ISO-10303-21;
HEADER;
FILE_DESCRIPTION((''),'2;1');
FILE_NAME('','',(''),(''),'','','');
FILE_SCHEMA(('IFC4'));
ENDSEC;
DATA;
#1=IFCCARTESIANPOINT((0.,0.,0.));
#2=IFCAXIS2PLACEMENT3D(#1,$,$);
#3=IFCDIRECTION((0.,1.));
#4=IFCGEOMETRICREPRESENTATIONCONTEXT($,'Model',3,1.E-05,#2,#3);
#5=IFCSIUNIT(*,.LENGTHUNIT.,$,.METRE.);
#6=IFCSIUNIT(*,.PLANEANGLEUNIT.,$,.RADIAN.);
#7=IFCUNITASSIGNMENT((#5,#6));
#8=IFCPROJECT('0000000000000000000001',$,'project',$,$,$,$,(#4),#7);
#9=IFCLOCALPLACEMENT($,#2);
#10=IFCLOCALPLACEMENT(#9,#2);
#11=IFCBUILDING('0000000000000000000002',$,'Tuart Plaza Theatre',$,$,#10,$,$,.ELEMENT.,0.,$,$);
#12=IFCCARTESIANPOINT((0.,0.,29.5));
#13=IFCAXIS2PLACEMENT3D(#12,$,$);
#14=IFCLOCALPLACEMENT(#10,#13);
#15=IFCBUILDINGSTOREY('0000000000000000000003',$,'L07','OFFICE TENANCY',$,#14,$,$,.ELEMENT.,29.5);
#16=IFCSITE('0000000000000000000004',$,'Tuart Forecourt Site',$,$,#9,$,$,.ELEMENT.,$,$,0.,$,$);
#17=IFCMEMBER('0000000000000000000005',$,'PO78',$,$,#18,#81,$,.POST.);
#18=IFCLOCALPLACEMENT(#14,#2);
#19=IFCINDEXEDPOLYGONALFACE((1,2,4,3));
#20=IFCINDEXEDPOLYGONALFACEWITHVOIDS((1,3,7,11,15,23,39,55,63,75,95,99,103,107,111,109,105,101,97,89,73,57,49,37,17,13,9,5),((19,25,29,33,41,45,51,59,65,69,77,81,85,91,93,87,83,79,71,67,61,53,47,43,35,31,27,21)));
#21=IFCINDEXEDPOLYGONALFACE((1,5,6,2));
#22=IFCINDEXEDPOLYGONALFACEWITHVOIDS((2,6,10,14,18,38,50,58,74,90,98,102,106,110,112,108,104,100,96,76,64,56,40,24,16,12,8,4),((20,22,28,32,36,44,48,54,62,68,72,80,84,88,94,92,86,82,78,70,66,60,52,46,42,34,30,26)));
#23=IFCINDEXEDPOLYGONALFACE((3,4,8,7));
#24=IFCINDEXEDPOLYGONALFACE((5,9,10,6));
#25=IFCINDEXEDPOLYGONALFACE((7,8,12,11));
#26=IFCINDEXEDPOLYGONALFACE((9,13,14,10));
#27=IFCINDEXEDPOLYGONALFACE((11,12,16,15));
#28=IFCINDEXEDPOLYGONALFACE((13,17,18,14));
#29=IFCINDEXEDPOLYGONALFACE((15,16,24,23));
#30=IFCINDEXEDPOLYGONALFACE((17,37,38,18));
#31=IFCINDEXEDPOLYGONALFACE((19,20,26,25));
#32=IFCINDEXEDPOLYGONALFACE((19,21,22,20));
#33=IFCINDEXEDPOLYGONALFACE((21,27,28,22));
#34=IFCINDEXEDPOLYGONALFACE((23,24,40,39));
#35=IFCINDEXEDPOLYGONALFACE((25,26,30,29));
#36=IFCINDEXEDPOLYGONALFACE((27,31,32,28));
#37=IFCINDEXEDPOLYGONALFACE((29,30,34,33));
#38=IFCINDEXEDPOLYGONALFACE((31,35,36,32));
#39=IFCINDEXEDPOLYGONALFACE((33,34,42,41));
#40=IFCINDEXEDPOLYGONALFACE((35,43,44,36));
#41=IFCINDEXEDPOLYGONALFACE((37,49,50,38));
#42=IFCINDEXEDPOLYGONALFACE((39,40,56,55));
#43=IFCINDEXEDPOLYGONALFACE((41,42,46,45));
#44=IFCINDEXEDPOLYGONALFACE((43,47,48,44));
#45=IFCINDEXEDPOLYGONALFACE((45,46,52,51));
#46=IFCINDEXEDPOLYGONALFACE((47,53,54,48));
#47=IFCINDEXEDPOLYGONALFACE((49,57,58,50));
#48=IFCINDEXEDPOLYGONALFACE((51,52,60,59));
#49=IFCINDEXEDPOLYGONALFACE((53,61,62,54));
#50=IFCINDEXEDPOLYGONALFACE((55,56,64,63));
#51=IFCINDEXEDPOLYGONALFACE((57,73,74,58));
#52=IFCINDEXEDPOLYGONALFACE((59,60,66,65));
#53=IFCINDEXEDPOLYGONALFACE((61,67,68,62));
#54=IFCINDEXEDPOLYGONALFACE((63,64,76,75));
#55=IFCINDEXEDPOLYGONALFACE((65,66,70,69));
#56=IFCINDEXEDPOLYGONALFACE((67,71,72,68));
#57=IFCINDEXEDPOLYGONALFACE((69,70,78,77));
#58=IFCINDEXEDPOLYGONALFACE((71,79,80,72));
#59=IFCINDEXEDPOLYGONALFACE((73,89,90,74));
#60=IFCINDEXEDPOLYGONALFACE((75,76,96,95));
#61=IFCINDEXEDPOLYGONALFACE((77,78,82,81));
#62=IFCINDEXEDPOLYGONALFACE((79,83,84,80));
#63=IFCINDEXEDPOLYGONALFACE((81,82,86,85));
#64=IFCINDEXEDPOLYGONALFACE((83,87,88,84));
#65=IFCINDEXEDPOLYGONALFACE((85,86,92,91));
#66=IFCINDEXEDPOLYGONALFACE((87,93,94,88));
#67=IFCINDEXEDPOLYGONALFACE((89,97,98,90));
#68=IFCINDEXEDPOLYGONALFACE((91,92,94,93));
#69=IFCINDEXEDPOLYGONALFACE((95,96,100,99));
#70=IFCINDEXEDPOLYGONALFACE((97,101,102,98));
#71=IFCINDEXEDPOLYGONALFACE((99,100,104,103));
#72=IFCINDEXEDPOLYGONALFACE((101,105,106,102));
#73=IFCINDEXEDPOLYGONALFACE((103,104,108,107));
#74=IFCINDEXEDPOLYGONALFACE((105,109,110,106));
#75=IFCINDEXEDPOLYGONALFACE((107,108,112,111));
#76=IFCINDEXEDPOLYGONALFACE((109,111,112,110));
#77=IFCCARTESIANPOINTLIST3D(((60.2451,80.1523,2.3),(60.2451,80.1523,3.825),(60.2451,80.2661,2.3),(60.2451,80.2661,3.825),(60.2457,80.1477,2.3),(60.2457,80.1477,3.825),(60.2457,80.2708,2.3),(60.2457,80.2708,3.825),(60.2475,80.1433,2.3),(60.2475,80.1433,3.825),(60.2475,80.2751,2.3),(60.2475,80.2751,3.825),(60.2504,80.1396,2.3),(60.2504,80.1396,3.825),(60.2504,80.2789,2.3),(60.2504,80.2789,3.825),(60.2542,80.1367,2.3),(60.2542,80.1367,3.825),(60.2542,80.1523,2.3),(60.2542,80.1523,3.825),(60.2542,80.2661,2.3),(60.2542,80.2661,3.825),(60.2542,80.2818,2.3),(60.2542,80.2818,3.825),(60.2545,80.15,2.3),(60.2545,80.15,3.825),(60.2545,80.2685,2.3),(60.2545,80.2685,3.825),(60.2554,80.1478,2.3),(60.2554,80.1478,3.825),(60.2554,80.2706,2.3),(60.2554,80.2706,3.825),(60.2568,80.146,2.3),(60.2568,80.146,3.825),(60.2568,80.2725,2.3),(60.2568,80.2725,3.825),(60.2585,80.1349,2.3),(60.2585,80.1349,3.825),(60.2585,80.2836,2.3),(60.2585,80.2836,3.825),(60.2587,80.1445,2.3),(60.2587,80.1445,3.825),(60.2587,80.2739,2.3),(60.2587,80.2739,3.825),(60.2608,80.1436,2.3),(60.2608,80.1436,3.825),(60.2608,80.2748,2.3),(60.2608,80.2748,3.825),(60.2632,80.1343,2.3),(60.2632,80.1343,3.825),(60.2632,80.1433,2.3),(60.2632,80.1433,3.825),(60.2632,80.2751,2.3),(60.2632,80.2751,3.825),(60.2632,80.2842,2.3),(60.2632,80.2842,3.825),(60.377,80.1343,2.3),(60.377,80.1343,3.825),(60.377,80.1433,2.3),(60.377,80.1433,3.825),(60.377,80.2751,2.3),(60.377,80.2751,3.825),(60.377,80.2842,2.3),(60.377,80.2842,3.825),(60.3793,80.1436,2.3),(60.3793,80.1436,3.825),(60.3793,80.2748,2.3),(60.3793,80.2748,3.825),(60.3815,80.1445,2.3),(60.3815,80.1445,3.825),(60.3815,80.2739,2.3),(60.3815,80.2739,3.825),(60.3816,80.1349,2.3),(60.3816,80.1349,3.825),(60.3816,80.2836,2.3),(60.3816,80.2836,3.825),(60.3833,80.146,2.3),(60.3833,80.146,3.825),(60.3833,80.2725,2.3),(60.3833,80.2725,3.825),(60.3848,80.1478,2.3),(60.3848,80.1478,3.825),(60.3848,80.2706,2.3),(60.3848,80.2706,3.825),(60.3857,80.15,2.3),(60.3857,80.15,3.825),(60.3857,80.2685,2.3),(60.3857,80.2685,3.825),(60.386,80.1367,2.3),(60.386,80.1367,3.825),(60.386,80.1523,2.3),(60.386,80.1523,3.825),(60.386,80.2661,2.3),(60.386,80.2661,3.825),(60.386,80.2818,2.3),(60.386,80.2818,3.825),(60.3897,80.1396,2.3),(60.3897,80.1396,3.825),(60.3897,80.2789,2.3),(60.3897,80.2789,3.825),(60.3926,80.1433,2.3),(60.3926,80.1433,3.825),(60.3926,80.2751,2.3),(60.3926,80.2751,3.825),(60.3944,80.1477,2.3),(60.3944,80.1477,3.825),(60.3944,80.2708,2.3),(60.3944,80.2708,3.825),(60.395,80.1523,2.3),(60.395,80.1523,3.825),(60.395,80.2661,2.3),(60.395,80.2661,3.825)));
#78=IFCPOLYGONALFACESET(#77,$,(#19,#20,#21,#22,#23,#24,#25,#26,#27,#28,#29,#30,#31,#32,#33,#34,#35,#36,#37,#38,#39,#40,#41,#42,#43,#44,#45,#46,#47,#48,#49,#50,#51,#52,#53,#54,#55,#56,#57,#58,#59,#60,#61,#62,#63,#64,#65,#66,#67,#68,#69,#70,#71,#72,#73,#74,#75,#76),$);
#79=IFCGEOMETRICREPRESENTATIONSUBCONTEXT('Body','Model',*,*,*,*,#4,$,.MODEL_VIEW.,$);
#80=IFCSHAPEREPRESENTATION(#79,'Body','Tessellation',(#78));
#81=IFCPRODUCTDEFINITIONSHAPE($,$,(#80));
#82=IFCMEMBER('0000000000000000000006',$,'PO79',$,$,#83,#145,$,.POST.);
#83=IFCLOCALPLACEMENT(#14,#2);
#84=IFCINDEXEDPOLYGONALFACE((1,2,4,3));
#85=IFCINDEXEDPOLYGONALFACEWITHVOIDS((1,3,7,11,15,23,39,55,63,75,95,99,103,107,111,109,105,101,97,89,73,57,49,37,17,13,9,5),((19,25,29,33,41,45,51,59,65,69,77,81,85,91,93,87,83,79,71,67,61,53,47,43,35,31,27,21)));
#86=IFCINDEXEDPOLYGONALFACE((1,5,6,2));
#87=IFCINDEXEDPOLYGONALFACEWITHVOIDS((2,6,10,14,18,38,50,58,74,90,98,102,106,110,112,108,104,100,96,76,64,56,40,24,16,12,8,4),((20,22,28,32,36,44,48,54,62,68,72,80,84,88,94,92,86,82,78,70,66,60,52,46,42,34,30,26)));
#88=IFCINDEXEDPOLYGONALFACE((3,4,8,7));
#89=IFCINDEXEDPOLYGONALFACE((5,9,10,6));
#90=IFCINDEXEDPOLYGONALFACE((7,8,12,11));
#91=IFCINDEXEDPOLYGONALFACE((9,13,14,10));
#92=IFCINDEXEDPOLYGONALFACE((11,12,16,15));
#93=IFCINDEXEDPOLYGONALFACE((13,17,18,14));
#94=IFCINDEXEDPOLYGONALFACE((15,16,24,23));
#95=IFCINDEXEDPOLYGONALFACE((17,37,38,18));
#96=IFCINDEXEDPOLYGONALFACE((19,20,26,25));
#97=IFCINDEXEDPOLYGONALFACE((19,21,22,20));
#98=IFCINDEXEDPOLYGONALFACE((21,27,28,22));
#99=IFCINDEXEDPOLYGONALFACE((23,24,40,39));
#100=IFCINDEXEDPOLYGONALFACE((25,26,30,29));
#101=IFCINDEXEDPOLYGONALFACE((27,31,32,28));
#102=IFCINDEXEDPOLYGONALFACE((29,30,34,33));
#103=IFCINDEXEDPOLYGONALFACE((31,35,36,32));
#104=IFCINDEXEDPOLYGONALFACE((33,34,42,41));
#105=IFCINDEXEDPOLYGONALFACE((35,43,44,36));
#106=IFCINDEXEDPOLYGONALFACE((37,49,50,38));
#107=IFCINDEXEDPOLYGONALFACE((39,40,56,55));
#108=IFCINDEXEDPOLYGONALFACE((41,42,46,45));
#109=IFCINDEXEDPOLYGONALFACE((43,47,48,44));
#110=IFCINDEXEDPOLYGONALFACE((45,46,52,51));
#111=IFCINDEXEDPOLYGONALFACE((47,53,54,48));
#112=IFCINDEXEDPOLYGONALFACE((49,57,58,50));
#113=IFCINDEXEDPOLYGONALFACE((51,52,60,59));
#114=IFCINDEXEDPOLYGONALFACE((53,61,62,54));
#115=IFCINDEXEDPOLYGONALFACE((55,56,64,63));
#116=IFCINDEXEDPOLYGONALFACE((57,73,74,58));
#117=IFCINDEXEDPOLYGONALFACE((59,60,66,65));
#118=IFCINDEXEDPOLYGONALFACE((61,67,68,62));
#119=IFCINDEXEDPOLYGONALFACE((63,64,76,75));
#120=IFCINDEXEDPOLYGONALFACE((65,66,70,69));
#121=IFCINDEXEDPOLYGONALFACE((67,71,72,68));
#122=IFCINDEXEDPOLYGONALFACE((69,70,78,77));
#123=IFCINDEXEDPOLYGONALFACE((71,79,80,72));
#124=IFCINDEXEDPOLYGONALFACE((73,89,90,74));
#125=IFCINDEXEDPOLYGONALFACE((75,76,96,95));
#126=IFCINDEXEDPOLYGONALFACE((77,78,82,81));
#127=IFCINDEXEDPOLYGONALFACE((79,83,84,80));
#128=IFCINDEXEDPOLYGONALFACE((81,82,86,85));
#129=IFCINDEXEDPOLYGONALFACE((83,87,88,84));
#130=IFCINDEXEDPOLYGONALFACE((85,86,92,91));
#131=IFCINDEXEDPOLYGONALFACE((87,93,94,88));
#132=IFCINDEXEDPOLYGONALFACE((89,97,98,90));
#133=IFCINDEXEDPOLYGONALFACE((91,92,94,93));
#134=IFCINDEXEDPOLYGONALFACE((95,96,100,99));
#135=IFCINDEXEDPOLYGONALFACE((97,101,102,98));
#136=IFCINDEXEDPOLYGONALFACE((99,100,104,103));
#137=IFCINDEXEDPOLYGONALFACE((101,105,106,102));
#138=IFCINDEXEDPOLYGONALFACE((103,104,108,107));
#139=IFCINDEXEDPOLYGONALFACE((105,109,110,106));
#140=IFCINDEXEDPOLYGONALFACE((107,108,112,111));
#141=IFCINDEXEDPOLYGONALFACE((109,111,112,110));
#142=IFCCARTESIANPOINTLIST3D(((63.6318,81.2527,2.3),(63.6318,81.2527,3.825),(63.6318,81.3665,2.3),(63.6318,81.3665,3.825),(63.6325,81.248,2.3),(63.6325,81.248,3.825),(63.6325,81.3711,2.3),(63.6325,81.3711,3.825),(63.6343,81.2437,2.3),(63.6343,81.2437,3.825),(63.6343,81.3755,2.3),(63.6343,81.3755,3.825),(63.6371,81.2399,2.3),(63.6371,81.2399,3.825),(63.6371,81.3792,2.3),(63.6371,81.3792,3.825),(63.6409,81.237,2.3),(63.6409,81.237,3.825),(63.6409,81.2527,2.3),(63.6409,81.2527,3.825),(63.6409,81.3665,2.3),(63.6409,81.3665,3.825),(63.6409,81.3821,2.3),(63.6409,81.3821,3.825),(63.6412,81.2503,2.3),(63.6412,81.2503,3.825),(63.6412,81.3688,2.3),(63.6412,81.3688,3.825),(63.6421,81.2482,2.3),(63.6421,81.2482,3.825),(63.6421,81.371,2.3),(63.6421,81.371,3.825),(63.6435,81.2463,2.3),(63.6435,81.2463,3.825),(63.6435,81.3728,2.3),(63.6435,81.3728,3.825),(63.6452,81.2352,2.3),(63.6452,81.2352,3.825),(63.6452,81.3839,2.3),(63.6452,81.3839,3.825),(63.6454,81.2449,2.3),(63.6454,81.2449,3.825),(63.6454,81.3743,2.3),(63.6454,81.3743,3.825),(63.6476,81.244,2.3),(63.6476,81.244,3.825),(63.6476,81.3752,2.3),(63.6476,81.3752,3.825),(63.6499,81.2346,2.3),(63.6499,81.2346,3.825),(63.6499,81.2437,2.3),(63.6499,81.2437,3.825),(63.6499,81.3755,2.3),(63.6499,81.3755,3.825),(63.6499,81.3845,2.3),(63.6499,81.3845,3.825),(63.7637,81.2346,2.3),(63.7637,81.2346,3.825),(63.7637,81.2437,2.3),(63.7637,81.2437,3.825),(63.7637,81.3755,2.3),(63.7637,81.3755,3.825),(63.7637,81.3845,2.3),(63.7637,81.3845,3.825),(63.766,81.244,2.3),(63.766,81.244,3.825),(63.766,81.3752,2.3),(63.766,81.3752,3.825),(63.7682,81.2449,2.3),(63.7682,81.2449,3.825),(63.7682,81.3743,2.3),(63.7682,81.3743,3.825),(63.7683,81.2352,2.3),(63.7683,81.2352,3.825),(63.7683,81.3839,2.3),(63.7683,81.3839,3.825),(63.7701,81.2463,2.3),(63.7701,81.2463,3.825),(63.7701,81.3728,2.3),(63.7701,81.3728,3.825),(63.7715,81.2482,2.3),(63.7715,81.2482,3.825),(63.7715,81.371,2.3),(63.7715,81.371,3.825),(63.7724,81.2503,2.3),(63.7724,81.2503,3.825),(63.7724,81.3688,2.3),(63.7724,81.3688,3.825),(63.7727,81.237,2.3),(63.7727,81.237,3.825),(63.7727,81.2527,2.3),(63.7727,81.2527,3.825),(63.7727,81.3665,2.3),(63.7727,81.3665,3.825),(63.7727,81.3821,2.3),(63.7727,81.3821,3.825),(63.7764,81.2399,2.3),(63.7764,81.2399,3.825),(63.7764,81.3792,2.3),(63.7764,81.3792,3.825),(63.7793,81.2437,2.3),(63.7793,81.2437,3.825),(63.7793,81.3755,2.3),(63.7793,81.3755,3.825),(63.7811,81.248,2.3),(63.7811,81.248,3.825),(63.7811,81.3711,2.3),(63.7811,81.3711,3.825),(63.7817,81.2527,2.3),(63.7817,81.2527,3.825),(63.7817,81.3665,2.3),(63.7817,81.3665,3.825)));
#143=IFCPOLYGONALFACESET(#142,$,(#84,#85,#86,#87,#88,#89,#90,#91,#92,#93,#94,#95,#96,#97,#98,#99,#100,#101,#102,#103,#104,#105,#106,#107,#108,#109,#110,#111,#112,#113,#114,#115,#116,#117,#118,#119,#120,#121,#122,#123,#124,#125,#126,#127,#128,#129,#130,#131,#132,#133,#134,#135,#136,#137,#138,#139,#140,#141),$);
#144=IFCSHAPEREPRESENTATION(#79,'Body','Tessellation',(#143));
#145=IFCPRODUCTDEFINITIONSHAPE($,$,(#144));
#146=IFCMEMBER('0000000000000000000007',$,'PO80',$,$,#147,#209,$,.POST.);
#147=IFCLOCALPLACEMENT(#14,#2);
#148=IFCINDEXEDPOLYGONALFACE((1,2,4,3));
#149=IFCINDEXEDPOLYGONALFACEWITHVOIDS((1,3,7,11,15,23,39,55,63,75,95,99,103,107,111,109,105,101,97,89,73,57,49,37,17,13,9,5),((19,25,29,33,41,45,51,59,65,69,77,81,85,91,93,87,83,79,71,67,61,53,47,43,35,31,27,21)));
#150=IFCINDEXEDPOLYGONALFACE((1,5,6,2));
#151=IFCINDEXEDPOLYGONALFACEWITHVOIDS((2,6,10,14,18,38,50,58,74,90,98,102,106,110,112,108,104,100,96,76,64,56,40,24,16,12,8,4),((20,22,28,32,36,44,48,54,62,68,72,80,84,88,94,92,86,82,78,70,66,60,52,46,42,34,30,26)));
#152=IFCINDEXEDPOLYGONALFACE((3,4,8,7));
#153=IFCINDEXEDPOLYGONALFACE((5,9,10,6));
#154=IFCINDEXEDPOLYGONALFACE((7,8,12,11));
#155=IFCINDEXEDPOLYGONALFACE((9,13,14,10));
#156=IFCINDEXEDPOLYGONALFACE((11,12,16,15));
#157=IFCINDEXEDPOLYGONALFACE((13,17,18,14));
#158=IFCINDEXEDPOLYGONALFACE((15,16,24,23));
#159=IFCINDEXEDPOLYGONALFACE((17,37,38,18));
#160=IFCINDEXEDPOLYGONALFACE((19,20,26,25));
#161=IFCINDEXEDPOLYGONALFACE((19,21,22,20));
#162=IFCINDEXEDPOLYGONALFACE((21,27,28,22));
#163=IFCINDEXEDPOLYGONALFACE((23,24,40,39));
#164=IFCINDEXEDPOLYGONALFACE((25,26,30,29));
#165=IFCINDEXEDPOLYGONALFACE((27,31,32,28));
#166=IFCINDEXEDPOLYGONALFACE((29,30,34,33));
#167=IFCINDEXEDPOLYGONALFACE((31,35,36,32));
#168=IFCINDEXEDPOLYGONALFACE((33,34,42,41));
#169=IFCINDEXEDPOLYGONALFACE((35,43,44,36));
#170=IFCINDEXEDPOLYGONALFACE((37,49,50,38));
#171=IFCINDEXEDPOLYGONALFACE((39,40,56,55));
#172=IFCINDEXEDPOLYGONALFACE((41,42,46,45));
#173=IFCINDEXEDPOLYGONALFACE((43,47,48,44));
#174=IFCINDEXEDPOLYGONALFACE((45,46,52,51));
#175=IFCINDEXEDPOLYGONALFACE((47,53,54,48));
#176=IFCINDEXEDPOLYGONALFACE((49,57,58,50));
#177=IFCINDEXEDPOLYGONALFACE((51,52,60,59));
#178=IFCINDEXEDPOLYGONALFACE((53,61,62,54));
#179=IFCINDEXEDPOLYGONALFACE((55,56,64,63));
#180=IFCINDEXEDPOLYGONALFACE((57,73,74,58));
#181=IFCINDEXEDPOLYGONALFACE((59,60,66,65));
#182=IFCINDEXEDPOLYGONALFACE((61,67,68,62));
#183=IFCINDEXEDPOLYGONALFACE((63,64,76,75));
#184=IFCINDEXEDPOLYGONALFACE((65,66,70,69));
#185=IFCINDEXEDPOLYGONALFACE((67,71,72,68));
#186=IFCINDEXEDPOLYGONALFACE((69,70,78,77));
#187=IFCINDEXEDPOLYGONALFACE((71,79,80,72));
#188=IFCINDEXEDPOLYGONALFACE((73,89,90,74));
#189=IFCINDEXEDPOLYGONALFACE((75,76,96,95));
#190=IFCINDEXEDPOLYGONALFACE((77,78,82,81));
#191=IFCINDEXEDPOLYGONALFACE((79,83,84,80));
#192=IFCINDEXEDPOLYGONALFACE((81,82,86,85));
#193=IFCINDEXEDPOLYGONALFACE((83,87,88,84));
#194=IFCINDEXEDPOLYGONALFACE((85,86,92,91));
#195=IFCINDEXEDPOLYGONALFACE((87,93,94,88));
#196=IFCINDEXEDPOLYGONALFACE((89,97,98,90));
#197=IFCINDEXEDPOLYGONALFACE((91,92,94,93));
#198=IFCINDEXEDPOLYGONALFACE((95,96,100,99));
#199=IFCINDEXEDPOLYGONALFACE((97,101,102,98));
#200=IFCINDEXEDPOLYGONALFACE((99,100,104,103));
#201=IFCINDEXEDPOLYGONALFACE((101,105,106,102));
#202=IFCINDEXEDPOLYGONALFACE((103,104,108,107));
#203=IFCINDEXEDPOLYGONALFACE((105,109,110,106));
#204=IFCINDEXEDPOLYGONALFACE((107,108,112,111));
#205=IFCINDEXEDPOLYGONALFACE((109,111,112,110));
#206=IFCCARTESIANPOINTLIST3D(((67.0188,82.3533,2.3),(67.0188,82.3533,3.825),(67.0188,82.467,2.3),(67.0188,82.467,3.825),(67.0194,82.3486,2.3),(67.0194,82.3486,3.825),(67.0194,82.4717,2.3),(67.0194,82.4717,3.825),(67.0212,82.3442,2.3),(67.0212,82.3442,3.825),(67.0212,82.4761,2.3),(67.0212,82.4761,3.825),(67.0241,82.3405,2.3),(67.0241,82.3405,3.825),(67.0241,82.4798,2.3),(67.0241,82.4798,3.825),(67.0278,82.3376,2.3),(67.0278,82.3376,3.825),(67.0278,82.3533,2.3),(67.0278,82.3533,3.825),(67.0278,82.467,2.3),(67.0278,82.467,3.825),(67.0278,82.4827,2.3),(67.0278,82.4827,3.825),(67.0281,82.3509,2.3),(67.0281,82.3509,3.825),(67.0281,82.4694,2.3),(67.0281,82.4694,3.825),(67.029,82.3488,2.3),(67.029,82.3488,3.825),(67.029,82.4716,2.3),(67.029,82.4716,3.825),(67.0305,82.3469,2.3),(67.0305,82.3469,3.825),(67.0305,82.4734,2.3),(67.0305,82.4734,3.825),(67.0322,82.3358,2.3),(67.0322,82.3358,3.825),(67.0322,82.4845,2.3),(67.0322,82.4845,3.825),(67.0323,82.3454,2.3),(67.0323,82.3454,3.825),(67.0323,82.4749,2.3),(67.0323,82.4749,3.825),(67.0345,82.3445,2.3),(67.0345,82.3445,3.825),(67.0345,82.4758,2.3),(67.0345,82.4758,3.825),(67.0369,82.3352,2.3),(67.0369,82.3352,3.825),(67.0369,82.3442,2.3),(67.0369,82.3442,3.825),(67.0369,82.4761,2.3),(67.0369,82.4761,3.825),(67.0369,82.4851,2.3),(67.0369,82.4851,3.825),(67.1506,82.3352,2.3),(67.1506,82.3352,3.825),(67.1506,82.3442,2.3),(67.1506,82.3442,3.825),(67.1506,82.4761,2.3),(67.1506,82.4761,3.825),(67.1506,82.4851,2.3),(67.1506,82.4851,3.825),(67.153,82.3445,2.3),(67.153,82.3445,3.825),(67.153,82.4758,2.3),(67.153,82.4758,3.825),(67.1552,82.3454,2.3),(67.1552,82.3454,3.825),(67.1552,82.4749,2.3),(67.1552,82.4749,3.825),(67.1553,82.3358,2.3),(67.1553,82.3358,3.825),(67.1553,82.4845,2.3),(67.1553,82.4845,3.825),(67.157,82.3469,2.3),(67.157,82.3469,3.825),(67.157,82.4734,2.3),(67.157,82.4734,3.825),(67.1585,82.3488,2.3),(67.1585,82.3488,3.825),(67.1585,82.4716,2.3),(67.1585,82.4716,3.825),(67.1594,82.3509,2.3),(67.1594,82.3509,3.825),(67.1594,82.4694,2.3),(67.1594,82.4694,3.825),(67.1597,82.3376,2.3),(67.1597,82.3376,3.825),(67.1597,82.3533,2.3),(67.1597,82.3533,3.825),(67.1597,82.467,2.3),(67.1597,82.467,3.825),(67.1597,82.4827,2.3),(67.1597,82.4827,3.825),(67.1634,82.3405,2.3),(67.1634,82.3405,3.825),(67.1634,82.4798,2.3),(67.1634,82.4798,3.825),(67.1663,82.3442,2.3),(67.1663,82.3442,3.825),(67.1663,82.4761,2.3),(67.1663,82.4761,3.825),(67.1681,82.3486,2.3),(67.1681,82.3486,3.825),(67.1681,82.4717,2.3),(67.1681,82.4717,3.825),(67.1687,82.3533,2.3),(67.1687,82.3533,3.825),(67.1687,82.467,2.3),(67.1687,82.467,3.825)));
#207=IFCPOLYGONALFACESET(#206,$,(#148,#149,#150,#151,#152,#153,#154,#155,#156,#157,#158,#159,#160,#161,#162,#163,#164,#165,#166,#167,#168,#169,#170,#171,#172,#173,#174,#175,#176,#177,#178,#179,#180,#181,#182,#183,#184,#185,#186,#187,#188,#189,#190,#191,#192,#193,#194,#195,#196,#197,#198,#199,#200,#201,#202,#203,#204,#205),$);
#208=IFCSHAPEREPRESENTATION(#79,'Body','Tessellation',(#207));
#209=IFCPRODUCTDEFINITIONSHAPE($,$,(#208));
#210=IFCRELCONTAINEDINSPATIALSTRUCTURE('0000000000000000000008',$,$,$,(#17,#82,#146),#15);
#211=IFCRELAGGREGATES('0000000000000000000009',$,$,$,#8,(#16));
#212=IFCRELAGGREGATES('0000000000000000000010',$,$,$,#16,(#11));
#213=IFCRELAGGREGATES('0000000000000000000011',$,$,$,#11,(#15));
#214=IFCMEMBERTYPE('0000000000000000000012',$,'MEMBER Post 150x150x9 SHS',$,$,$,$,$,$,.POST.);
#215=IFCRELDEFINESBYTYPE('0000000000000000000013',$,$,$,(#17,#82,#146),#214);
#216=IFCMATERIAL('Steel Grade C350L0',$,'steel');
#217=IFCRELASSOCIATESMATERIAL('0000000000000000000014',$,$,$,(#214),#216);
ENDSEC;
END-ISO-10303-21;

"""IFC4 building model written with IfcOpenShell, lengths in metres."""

from ifc_helpers import new_model, si_unit, direction, frame, origin, origin_2d, place, context, subcontext, project, spatial, hollow_rectangle, extrude, material, material_profile, profile_set, type_object, element, save


model = new_model("IFC4")

# Units and contexts
model_context = context("Model", 3, precision=1e-05, world=origin(), true_north=direction((0.0, 1.0)))
body_context = subcontext(model_context, "Body", "Model", "MODEL_VIEW")
ifc_project = project(units=[si_unit("LENGTHUNIT", "METRE"), si_unit("PLANEANGLEUNIT", "RADIAN")], contexts=[model_context])

# Site, building, storey
site_placement = place(None, origin())
site = spatial("IfcSite", under=ifc_project, at=site_placement, Name="Tuart Forecourt Site", CompositionType="ELEMENT", RefElevation=0.0)
building_placement = place(site_placement, origin())
building = spatial("IfcBuilding", under=site, at=building_placement, Name="Tuart Plaza Theatre", CompositionType="ELEMENT", ElevationOfRefHeight=0.0)
storey_placement = place(building_placement, frame((0.0, 0.0, 29.5)))
storey = spatial("IfcBuildingStorey", under=building, at=storey_placement, Name="L07", Description="OFFICE TENANCY", CompositionType="ELEMENT", Elevation=29.5)

# Members
ifc_material_1 = material(Name="Steel Grade C350L0", Category="steel")
ifc_material_profile_1 = material_profile(ifc_material_1, hollow_rectangle(XDim=0.1499, YDim=0.1499, WallThickness=0.009, InnerFilletRadius=0.009, OuterFilletRadius=0.0181, at=origin_2d()), Name="150x150x9 SHS")
ifc_profile_set_1 = profile_set([ifc_material_profile_1], Name="Steel Grade C350L0")
member_type_1 = type_object("IfcMemberType", Name="MEMBER Post 150x150x9 SHS", PredefinedType="POST", material=ifc_profile_set_1)
for number, where, z_axis, x_axis, name in (
    (1, (60.3201, 80.2092, 2.3), (0.0, 0.0, 1.0), (1.0, 0.0, 0.0), "PO78"),
    (2, (63.7068, 81.3096, 2.3), (0.0, 0.0, 1.0), (1.0, 0.0, 0.0), "PO79"),
    (3, (67.0938, 82.4102, 2.3), (0.0, 0.0, 1.0), (1.0, 0.0, 0.0), "PO80"),
):
    element("IfcMember", number, at=place(storey_placement, frame(where, z_axis=z_axis, x_axis=x_axis)), inside=storey, type_object=member_type_1, Name=name, PredefinedType="POST", context=body_context, shape_type="SweptSolid", body=[
        extrude(hollow_rectangle(XDim=0.1499, YDim=0.1499, WallThickness=0.009, InnerFilletRadius=0.009, OuterFilletRadius=0.0181, at=origin_2d()), origin(), (0.0, 0.0, 1.0), 1.5249),
    ])

save(model, "model.ifc")
